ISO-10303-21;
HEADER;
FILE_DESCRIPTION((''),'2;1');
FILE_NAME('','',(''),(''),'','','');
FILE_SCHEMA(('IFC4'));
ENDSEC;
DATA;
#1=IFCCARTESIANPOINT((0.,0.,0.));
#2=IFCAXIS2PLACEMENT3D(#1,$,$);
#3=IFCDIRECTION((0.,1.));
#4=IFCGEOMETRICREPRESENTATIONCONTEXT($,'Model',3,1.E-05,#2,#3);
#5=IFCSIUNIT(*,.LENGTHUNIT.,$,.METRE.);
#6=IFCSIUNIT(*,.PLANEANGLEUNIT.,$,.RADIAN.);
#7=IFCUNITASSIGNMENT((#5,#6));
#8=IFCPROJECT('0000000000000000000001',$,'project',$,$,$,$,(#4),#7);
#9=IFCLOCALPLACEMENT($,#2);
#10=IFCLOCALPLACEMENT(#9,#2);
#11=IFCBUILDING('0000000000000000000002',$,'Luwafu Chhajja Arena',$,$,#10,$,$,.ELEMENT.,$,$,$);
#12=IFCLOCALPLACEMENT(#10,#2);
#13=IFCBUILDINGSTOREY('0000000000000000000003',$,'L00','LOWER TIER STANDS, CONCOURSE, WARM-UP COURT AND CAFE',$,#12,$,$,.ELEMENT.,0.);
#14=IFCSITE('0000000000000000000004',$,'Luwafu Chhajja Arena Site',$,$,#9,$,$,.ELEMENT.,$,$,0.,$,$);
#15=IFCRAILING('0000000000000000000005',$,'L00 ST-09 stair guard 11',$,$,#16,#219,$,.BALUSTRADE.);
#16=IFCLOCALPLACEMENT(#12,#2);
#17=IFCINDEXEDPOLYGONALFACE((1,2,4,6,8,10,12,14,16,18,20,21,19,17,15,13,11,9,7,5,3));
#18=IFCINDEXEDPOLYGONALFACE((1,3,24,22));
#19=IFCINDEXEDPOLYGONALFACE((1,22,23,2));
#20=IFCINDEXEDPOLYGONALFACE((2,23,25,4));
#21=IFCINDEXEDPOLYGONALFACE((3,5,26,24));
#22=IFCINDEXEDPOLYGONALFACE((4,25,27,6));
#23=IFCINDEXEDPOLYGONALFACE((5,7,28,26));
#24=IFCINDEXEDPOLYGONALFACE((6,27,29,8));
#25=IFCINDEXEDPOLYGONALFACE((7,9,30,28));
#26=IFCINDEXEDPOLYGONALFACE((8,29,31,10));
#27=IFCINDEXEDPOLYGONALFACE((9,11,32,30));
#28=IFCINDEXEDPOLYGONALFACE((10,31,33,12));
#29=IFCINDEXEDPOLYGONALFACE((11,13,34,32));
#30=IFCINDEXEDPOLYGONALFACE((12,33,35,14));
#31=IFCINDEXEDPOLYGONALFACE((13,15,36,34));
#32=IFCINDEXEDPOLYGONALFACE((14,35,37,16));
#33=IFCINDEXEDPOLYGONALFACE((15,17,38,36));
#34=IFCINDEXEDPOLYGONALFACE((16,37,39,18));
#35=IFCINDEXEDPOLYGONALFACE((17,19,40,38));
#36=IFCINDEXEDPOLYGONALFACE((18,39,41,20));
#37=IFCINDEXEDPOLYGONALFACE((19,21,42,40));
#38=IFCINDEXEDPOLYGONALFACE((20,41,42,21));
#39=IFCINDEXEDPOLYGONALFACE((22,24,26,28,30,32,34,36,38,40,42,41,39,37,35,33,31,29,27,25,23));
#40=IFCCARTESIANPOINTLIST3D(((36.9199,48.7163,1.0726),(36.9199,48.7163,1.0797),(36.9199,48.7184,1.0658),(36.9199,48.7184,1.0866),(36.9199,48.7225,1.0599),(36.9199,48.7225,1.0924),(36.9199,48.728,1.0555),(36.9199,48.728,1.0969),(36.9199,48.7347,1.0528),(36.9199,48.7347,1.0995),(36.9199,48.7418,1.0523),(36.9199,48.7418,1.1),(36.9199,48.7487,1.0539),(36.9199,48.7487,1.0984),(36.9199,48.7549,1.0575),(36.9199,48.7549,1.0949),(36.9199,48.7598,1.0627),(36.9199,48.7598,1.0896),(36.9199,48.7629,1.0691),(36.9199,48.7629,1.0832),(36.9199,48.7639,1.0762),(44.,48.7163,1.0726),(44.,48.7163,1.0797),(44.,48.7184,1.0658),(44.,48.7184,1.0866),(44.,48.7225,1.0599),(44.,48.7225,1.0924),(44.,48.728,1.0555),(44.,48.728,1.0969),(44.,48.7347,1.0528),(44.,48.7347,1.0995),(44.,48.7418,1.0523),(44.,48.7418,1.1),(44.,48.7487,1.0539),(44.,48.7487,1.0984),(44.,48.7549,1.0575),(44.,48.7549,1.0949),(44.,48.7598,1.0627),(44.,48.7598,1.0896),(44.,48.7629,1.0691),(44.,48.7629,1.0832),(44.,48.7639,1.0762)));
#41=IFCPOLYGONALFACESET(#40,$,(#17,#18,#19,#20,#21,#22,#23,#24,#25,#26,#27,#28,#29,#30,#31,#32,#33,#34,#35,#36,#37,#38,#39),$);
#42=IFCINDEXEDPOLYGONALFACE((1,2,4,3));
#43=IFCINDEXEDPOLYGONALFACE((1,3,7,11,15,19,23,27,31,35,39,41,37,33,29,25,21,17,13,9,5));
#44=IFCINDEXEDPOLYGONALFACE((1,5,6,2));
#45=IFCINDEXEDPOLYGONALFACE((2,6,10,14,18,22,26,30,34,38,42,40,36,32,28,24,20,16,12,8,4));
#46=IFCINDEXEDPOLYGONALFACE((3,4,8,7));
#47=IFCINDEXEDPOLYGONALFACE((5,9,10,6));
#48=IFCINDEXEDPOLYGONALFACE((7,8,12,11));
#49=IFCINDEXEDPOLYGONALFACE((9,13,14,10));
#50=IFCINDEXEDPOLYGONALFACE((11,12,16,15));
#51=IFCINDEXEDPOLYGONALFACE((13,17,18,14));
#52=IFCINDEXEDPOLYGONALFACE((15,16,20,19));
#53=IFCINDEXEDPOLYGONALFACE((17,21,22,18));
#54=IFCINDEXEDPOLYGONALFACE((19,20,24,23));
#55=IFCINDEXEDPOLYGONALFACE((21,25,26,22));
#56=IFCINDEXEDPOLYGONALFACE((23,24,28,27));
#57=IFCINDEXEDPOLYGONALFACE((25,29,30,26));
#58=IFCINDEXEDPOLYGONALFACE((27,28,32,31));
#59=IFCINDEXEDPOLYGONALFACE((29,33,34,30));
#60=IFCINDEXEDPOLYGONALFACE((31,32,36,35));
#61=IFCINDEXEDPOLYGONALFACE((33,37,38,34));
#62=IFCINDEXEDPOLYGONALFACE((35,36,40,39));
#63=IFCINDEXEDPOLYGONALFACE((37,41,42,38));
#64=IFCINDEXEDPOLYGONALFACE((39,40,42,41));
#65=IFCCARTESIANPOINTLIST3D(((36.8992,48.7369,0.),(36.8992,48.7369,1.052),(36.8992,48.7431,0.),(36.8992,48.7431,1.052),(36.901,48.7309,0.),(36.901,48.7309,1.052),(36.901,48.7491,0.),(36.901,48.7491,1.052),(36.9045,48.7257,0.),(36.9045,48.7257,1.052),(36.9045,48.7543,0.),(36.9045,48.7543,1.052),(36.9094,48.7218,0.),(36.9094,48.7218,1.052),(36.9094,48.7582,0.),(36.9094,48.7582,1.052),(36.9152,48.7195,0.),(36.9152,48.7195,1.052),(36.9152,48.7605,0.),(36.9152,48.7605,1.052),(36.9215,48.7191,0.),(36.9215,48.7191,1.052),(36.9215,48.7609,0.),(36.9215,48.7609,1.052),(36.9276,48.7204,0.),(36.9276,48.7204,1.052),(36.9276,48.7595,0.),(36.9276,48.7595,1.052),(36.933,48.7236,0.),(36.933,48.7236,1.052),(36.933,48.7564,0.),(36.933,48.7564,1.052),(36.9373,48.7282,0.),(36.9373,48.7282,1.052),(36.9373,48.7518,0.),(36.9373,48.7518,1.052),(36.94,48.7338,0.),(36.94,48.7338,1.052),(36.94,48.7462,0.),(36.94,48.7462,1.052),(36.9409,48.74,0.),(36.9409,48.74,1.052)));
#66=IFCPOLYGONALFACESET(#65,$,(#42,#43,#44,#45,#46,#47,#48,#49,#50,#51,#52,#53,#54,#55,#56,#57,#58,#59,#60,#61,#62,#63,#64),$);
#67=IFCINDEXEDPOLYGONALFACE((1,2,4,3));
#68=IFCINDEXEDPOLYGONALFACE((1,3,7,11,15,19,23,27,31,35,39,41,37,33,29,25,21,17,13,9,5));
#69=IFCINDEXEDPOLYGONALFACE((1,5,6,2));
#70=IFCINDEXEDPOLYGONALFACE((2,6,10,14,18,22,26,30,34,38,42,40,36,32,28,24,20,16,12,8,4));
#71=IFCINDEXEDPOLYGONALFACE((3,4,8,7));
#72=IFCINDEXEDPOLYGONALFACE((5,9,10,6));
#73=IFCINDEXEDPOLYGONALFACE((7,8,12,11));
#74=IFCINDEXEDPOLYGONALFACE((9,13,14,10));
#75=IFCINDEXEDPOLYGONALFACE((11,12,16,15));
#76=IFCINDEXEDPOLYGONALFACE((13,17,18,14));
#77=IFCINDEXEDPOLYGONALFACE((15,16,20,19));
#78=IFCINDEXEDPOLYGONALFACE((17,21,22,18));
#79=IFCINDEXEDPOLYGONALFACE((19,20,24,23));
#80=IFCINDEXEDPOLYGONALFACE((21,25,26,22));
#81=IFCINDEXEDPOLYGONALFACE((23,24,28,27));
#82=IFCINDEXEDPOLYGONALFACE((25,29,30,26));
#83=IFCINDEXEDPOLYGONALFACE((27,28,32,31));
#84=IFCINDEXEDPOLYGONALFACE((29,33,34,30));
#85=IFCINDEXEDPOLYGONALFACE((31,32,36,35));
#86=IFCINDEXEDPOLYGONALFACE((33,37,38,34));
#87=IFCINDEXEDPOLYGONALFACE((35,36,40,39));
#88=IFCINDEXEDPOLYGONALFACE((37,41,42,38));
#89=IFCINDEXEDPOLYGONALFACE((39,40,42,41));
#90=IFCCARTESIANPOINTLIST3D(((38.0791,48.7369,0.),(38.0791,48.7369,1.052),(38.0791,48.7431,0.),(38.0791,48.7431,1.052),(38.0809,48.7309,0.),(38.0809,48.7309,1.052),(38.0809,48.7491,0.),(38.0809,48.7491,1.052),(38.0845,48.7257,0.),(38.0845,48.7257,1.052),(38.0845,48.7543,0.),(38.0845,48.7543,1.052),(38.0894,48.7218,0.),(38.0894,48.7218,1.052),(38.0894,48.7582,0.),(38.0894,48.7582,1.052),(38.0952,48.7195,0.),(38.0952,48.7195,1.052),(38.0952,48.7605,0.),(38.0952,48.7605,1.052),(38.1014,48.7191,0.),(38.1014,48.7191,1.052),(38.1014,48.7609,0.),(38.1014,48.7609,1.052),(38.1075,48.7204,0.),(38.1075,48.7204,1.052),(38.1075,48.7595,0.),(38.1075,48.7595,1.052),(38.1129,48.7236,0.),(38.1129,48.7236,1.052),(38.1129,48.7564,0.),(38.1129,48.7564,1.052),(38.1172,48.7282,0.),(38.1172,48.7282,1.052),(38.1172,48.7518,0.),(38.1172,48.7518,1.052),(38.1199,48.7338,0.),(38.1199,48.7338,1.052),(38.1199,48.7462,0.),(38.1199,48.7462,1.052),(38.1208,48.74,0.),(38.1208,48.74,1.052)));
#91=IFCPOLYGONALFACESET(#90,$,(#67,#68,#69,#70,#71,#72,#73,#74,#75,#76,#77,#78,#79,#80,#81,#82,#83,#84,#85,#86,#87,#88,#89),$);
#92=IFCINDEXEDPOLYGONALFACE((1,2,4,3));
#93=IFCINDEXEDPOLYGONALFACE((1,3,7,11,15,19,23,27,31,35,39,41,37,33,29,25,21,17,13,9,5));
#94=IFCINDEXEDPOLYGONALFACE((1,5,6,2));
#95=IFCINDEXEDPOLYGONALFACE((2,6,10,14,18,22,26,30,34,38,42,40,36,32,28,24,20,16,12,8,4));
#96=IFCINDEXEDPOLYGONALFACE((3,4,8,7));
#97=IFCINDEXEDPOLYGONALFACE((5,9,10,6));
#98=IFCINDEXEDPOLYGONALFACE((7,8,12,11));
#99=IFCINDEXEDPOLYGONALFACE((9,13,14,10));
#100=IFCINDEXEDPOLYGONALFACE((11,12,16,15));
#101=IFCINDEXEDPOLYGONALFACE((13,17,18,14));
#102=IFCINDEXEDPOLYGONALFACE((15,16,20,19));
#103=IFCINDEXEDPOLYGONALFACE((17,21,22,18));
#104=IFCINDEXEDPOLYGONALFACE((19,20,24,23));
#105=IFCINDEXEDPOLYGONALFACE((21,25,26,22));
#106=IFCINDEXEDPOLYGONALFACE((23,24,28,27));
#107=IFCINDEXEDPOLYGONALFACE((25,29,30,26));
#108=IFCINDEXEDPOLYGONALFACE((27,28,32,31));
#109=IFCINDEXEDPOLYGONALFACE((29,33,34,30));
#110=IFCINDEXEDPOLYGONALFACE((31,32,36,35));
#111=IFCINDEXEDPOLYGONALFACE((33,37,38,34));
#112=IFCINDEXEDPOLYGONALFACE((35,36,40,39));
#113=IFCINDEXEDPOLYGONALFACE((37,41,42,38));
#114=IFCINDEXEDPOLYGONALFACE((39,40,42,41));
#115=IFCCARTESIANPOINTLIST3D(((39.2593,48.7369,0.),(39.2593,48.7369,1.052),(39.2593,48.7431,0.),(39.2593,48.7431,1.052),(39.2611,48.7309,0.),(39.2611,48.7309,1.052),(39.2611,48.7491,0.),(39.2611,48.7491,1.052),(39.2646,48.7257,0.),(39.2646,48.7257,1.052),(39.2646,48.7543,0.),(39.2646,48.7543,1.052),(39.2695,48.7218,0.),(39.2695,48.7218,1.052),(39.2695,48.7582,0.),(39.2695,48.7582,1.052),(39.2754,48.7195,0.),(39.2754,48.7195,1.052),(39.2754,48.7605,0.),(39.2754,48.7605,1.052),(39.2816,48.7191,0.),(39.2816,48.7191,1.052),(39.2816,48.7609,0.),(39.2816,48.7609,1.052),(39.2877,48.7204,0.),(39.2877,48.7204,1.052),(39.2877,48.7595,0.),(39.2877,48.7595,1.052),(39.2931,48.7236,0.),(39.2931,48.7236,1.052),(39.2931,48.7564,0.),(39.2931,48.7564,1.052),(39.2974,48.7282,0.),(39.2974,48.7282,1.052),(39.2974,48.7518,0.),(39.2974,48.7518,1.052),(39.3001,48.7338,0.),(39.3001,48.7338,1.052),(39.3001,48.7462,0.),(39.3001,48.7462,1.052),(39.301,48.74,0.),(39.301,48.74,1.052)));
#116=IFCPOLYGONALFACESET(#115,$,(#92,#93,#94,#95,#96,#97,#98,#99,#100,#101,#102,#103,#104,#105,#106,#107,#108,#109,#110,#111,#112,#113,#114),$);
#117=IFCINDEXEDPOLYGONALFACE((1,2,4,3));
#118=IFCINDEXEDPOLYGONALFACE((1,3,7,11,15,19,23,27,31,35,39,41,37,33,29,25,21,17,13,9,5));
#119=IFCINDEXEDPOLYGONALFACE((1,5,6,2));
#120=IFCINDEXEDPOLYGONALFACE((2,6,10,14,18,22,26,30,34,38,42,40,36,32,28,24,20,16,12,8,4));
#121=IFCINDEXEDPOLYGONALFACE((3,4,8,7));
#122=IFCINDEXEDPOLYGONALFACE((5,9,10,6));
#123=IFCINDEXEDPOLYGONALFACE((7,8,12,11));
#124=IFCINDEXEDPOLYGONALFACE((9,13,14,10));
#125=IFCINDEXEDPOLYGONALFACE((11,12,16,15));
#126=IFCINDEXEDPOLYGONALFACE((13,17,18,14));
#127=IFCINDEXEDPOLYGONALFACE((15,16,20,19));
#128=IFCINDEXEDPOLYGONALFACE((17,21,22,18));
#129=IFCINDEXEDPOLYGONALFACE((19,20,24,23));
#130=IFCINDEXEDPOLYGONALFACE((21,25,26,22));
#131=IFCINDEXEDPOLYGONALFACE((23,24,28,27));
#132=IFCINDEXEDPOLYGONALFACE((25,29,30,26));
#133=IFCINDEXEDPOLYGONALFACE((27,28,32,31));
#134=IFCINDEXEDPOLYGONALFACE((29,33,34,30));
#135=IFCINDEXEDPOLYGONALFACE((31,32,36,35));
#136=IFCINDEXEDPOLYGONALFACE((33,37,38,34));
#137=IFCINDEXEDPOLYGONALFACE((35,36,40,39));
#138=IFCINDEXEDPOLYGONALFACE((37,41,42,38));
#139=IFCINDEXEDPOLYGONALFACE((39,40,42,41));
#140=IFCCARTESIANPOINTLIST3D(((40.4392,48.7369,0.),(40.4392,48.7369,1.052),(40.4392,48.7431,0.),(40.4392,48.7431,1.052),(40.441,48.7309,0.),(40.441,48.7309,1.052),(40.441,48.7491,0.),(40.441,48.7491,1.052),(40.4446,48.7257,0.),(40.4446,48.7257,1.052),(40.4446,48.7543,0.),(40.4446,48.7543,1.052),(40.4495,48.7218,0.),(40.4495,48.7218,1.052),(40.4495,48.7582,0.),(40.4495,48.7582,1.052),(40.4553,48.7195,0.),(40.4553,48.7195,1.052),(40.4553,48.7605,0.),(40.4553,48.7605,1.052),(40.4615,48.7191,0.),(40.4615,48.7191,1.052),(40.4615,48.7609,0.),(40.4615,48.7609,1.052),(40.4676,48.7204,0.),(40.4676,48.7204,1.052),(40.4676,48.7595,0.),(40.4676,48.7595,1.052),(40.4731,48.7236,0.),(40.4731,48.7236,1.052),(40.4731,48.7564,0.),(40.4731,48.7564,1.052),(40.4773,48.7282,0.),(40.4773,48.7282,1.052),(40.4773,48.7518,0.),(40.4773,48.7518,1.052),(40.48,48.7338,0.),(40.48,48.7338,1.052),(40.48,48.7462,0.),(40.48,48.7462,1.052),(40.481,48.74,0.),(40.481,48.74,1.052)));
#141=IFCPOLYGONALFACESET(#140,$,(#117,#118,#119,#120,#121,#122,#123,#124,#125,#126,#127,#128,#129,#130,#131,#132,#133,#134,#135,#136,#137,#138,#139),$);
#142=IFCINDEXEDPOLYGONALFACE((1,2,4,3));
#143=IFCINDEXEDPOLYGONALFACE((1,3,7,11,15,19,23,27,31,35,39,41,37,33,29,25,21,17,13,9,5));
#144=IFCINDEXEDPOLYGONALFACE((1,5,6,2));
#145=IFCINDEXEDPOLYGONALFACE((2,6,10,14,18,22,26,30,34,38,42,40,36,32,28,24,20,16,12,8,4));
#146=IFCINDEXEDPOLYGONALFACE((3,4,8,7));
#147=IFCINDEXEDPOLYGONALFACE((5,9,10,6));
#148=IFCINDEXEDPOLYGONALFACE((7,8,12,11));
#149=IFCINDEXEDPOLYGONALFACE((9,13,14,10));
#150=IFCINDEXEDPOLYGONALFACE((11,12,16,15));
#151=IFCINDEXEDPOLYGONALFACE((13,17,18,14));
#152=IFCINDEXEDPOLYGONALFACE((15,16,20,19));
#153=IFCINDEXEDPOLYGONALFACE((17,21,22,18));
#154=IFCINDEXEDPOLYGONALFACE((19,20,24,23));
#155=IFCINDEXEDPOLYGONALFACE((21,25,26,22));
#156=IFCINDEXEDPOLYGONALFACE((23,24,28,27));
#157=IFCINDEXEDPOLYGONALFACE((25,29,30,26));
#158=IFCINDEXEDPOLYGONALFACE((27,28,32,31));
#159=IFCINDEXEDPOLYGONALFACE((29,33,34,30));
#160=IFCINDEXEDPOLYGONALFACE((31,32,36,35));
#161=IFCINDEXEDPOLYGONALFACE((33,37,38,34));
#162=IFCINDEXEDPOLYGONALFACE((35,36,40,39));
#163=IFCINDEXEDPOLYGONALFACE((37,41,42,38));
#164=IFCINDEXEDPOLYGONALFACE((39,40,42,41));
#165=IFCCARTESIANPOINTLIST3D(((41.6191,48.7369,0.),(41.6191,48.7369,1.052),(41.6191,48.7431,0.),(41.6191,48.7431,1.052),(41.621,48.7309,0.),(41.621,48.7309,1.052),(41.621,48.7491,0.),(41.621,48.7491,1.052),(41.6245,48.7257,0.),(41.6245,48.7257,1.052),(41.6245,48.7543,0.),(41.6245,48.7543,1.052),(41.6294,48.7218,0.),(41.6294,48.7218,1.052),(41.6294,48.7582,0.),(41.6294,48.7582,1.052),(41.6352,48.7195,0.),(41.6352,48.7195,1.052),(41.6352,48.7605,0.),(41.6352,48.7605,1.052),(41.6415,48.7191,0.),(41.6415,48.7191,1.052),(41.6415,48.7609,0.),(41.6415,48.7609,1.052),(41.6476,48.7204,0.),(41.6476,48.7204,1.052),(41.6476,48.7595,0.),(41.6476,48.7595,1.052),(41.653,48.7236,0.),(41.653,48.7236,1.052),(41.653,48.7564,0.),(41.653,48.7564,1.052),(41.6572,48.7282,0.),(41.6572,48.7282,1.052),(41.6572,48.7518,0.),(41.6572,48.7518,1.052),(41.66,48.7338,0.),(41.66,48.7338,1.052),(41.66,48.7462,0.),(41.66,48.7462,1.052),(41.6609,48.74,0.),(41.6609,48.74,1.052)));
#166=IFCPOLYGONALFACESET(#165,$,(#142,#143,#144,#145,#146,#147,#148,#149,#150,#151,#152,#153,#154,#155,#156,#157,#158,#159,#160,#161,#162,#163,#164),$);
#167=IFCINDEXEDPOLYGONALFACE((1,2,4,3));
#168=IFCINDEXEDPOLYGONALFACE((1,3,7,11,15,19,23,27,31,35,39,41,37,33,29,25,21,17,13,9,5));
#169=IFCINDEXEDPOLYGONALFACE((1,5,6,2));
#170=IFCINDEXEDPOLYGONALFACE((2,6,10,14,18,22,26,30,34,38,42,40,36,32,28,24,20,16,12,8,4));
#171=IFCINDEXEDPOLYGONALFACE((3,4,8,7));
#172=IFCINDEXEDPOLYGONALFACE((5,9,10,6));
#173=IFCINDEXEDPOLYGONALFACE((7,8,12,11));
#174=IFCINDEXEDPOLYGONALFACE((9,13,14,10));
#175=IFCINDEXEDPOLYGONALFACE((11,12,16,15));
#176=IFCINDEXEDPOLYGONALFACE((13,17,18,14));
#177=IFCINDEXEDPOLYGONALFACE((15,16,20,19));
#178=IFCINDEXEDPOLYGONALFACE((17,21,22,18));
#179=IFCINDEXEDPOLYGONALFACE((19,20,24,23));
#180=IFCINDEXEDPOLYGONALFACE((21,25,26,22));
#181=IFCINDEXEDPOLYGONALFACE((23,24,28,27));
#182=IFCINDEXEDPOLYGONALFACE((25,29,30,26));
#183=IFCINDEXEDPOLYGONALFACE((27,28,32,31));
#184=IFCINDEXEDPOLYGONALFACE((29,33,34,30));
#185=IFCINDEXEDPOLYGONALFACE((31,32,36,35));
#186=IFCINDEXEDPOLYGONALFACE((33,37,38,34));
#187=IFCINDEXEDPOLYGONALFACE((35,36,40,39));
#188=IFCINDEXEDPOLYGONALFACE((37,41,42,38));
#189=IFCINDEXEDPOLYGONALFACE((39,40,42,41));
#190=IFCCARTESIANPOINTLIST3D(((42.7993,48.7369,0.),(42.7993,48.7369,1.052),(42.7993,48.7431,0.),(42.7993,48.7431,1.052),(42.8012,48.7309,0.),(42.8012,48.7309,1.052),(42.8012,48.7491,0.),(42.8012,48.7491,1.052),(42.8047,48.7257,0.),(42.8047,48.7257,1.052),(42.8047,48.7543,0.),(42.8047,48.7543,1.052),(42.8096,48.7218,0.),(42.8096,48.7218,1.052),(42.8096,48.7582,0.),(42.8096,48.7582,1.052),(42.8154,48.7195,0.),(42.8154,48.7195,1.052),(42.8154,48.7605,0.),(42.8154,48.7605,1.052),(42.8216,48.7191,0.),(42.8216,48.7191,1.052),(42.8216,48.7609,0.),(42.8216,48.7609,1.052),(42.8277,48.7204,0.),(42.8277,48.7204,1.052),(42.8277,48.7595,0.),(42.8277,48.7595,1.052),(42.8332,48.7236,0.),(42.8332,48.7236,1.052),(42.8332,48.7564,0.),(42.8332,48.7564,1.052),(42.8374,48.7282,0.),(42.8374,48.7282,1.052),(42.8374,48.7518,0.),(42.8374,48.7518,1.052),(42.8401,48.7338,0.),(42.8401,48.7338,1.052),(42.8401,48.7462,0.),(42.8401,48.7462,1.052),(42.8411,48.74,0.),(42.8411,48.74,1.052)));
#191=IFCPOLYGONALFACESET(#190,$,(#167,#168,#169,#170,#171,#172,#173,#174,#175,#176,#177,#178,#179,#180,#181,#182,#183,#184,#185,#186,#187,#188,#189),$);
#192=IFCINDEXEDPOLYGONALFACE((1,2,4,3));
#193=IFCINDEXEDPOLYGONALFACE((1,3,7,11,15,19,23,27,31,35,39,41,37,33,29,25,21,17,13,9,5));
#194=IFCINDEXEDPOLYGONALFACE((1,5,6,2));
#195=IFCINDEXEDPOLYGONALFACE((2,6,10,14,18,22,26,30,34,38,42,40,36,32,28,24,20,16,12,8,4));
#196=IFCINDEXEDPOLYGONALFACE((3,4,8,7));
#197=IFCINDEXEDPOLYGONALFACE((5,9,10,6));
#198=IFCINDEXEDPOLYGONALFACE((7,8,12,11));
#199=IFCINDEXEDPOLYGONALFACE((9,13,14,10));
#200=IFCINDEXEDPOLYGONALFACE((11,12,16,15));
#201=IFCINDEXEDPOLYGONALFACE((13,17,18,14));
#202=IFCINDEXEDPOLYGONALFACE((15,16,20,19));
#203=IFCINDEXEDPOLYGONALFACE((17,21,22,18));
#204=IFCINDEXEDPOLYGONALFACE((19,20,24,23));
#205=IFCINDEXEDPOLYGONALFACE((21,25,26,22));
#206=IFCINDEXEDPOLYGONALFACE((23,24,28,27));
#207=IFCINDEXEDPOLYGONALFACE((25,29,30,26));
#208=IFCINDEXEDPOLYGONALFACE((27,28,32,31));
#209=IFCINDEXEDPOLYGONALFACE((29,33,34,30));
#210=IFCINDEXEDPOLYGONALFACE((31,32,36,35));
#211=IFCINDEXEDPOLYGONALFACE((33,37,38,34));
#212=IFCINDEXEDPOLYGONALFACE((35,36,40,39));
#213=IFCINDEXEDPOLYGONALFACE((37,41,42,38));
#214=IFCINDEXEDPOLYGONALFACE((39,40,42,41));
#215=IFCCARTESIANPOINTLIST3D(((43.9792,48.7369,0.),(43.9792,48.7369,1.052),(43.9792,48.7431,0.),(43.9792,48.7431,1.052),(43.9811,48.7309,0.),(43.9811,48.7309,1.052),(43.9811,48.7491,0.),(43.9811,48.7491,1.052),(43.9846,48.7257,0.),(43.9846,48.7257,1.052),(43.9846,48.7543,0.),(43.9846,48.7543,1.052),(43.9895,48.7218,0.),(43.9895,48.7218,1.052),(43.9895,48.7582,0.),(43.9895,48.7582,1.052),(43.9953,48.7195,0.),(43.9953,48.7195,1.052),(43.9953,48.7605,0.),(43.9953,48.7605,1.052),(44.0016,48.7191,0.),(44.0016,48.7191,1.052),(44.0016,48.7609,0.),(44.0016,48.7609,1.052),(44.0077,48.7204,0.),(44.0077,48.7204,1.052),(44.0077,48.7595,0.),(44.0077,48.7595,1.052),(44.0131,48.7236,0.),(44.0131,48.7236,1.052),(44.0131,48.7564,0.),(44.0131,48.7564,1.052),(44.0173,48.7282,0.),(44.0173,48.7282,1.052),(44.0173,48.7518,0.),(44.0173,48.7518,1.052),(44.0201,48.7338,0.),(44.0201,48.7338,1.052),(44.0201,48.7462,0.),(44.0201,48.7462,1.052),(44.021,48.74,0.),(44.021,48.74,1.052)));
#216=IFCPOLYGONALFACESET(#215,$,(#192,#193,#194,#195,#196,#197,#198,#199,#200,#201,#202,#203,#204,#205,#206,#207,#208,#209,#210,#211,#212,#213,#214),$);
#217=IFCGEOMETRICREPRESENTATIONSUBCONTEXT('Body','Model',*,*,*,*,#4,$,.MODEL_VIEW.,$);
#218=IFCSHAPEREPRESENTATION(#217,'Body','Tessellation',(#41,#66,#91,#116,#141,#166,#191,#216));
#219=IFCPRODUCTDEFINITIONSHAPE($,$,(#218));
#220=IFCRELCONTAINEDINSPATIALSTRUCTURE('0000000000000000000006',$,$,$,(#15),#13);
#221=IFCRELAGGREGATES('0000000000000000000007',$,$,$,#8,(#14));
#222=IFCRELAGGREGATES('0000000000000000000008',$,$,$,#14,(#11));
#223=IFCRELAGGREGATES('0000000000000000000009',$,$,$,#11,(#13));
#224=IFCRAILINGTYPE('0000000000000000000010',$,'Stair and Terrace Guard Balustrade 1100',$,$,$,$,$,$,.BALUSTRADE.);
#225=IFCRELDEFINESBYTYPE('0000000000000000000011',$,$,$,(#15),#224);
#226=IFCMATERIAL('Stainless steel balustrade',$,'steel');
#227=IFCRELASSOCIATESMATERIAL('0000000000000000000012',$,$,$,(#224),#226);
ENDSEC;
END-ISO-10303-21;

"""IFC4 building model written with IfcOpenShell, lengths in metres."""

from ifc_helpers import new_model, si_unit, direction, frame, origin, origin_2d, place, context, subcontext, project, spatial, circle, extrude, material, type_object, element, save


model = new_model("IFC4")

# Units and contexts
model_context = context("Model", 3, precision=1e-05, world=origin(), true_north=direction((0.0, 1.0)))
body_context = subcontext(model_context, "Body", "Model", "MODEL_VIEW")
ifc_project = project(units=[si_unit("LENGTHUNIT", "METRE"), si_unit("PLANEANGLEUNIT", "RADIAN")], contexts=[model_context])

# Site, building, storey
site_placement = place(None, origin())
site = spatial("IfcSite", under=ifc_project, at=site_placement, Name="Luwafu Chhajja Arena Site", CompositionType="ELEMENT", RefElevation=0.0)
building_placement = place(site_placement, origin())
building = spatial("IfcBuilding", under=site, at=building_placement, Name="Luwafu Chhajja Arena", CompositionType="ELEMENT")
storey_placement = place(building_placement, origin())
storey = spatial("IfcBuildingStorey", under=building, at=storey_placement, Name="L00", Description="LOWER TIER STANDS, CONCOURSE, WARM-UP COURT AND CAFE", CompositionType="ELEMENT", Elevation=0.0)

# Railing
ifc_material_1 = material(Name="Stainless steel balustrade", Category="steel")
railing_type_1 = type_object("IfcRailingType", Name="Stair and Terrace Guard Balustrade 1100", PredefinedType="BALUSTRADE", material=ifc_material_1)
railing_1_placement = place(storey_placement, frame((36.9199, 48.74, 0.0)))
element("IfcRailing", 1, at=railing_1_placement, inside=storey, type_object=railing_type_1, Name="L00 ST-09 stair guard 11", PredefinedType="BALUSTRADE", context=body_context, shape_type="SweptSolid", body=[
    extrude(circle(Radius=0.0239, at=origin_2d()), frame((0.0, 0.0, 1.0762), z_axis=(1.0, 0.0, 0.0), x_axis=(0.0, 1.0, 0.0)), (0.0, 0.0, 1.0), 7.0801),
    extrude(circle(Radius=0.021, at=origin_2d()), origin(), (0.0, 0.0, 1.0), 1.052),
    extrude(circle(Radius=0.021, at=origin_2d()), frame((1.1799, 0.0, 0.0)), (0.0, 0.0, 1.0), 1.052),
    extrude(circle(Radius=0.021, at=origin_2d()), frame((2.3601, 0.0, 0.0)), (0.0, 0.0, 1.0), 1.052),
    extrude(circle(Radius=0.021, at=origin_2d()), frame((3.54, 0.0, 0.0)), (0.0, 0.0, 1.0), 1.052),
    extrude(circle(Radius=0.021, at=origin_2d()), frame((4.72, 0.0, 0.0)), (0.0, 0.0, 1.0), 1.052),
    extrude(circle(Radius=0.021, at=origin_2d()), frame((5.9001, 0.0, 0.0)), (0.0, 0.0, 1.0), 1.052),
    extrude(circle(Radius=0.021, at=origin_2d()), frame((7.0801, 0.0, 0.0)), (0.0, 0.0, 1.0), 1.052),
])

save(model, "model.ifc")
